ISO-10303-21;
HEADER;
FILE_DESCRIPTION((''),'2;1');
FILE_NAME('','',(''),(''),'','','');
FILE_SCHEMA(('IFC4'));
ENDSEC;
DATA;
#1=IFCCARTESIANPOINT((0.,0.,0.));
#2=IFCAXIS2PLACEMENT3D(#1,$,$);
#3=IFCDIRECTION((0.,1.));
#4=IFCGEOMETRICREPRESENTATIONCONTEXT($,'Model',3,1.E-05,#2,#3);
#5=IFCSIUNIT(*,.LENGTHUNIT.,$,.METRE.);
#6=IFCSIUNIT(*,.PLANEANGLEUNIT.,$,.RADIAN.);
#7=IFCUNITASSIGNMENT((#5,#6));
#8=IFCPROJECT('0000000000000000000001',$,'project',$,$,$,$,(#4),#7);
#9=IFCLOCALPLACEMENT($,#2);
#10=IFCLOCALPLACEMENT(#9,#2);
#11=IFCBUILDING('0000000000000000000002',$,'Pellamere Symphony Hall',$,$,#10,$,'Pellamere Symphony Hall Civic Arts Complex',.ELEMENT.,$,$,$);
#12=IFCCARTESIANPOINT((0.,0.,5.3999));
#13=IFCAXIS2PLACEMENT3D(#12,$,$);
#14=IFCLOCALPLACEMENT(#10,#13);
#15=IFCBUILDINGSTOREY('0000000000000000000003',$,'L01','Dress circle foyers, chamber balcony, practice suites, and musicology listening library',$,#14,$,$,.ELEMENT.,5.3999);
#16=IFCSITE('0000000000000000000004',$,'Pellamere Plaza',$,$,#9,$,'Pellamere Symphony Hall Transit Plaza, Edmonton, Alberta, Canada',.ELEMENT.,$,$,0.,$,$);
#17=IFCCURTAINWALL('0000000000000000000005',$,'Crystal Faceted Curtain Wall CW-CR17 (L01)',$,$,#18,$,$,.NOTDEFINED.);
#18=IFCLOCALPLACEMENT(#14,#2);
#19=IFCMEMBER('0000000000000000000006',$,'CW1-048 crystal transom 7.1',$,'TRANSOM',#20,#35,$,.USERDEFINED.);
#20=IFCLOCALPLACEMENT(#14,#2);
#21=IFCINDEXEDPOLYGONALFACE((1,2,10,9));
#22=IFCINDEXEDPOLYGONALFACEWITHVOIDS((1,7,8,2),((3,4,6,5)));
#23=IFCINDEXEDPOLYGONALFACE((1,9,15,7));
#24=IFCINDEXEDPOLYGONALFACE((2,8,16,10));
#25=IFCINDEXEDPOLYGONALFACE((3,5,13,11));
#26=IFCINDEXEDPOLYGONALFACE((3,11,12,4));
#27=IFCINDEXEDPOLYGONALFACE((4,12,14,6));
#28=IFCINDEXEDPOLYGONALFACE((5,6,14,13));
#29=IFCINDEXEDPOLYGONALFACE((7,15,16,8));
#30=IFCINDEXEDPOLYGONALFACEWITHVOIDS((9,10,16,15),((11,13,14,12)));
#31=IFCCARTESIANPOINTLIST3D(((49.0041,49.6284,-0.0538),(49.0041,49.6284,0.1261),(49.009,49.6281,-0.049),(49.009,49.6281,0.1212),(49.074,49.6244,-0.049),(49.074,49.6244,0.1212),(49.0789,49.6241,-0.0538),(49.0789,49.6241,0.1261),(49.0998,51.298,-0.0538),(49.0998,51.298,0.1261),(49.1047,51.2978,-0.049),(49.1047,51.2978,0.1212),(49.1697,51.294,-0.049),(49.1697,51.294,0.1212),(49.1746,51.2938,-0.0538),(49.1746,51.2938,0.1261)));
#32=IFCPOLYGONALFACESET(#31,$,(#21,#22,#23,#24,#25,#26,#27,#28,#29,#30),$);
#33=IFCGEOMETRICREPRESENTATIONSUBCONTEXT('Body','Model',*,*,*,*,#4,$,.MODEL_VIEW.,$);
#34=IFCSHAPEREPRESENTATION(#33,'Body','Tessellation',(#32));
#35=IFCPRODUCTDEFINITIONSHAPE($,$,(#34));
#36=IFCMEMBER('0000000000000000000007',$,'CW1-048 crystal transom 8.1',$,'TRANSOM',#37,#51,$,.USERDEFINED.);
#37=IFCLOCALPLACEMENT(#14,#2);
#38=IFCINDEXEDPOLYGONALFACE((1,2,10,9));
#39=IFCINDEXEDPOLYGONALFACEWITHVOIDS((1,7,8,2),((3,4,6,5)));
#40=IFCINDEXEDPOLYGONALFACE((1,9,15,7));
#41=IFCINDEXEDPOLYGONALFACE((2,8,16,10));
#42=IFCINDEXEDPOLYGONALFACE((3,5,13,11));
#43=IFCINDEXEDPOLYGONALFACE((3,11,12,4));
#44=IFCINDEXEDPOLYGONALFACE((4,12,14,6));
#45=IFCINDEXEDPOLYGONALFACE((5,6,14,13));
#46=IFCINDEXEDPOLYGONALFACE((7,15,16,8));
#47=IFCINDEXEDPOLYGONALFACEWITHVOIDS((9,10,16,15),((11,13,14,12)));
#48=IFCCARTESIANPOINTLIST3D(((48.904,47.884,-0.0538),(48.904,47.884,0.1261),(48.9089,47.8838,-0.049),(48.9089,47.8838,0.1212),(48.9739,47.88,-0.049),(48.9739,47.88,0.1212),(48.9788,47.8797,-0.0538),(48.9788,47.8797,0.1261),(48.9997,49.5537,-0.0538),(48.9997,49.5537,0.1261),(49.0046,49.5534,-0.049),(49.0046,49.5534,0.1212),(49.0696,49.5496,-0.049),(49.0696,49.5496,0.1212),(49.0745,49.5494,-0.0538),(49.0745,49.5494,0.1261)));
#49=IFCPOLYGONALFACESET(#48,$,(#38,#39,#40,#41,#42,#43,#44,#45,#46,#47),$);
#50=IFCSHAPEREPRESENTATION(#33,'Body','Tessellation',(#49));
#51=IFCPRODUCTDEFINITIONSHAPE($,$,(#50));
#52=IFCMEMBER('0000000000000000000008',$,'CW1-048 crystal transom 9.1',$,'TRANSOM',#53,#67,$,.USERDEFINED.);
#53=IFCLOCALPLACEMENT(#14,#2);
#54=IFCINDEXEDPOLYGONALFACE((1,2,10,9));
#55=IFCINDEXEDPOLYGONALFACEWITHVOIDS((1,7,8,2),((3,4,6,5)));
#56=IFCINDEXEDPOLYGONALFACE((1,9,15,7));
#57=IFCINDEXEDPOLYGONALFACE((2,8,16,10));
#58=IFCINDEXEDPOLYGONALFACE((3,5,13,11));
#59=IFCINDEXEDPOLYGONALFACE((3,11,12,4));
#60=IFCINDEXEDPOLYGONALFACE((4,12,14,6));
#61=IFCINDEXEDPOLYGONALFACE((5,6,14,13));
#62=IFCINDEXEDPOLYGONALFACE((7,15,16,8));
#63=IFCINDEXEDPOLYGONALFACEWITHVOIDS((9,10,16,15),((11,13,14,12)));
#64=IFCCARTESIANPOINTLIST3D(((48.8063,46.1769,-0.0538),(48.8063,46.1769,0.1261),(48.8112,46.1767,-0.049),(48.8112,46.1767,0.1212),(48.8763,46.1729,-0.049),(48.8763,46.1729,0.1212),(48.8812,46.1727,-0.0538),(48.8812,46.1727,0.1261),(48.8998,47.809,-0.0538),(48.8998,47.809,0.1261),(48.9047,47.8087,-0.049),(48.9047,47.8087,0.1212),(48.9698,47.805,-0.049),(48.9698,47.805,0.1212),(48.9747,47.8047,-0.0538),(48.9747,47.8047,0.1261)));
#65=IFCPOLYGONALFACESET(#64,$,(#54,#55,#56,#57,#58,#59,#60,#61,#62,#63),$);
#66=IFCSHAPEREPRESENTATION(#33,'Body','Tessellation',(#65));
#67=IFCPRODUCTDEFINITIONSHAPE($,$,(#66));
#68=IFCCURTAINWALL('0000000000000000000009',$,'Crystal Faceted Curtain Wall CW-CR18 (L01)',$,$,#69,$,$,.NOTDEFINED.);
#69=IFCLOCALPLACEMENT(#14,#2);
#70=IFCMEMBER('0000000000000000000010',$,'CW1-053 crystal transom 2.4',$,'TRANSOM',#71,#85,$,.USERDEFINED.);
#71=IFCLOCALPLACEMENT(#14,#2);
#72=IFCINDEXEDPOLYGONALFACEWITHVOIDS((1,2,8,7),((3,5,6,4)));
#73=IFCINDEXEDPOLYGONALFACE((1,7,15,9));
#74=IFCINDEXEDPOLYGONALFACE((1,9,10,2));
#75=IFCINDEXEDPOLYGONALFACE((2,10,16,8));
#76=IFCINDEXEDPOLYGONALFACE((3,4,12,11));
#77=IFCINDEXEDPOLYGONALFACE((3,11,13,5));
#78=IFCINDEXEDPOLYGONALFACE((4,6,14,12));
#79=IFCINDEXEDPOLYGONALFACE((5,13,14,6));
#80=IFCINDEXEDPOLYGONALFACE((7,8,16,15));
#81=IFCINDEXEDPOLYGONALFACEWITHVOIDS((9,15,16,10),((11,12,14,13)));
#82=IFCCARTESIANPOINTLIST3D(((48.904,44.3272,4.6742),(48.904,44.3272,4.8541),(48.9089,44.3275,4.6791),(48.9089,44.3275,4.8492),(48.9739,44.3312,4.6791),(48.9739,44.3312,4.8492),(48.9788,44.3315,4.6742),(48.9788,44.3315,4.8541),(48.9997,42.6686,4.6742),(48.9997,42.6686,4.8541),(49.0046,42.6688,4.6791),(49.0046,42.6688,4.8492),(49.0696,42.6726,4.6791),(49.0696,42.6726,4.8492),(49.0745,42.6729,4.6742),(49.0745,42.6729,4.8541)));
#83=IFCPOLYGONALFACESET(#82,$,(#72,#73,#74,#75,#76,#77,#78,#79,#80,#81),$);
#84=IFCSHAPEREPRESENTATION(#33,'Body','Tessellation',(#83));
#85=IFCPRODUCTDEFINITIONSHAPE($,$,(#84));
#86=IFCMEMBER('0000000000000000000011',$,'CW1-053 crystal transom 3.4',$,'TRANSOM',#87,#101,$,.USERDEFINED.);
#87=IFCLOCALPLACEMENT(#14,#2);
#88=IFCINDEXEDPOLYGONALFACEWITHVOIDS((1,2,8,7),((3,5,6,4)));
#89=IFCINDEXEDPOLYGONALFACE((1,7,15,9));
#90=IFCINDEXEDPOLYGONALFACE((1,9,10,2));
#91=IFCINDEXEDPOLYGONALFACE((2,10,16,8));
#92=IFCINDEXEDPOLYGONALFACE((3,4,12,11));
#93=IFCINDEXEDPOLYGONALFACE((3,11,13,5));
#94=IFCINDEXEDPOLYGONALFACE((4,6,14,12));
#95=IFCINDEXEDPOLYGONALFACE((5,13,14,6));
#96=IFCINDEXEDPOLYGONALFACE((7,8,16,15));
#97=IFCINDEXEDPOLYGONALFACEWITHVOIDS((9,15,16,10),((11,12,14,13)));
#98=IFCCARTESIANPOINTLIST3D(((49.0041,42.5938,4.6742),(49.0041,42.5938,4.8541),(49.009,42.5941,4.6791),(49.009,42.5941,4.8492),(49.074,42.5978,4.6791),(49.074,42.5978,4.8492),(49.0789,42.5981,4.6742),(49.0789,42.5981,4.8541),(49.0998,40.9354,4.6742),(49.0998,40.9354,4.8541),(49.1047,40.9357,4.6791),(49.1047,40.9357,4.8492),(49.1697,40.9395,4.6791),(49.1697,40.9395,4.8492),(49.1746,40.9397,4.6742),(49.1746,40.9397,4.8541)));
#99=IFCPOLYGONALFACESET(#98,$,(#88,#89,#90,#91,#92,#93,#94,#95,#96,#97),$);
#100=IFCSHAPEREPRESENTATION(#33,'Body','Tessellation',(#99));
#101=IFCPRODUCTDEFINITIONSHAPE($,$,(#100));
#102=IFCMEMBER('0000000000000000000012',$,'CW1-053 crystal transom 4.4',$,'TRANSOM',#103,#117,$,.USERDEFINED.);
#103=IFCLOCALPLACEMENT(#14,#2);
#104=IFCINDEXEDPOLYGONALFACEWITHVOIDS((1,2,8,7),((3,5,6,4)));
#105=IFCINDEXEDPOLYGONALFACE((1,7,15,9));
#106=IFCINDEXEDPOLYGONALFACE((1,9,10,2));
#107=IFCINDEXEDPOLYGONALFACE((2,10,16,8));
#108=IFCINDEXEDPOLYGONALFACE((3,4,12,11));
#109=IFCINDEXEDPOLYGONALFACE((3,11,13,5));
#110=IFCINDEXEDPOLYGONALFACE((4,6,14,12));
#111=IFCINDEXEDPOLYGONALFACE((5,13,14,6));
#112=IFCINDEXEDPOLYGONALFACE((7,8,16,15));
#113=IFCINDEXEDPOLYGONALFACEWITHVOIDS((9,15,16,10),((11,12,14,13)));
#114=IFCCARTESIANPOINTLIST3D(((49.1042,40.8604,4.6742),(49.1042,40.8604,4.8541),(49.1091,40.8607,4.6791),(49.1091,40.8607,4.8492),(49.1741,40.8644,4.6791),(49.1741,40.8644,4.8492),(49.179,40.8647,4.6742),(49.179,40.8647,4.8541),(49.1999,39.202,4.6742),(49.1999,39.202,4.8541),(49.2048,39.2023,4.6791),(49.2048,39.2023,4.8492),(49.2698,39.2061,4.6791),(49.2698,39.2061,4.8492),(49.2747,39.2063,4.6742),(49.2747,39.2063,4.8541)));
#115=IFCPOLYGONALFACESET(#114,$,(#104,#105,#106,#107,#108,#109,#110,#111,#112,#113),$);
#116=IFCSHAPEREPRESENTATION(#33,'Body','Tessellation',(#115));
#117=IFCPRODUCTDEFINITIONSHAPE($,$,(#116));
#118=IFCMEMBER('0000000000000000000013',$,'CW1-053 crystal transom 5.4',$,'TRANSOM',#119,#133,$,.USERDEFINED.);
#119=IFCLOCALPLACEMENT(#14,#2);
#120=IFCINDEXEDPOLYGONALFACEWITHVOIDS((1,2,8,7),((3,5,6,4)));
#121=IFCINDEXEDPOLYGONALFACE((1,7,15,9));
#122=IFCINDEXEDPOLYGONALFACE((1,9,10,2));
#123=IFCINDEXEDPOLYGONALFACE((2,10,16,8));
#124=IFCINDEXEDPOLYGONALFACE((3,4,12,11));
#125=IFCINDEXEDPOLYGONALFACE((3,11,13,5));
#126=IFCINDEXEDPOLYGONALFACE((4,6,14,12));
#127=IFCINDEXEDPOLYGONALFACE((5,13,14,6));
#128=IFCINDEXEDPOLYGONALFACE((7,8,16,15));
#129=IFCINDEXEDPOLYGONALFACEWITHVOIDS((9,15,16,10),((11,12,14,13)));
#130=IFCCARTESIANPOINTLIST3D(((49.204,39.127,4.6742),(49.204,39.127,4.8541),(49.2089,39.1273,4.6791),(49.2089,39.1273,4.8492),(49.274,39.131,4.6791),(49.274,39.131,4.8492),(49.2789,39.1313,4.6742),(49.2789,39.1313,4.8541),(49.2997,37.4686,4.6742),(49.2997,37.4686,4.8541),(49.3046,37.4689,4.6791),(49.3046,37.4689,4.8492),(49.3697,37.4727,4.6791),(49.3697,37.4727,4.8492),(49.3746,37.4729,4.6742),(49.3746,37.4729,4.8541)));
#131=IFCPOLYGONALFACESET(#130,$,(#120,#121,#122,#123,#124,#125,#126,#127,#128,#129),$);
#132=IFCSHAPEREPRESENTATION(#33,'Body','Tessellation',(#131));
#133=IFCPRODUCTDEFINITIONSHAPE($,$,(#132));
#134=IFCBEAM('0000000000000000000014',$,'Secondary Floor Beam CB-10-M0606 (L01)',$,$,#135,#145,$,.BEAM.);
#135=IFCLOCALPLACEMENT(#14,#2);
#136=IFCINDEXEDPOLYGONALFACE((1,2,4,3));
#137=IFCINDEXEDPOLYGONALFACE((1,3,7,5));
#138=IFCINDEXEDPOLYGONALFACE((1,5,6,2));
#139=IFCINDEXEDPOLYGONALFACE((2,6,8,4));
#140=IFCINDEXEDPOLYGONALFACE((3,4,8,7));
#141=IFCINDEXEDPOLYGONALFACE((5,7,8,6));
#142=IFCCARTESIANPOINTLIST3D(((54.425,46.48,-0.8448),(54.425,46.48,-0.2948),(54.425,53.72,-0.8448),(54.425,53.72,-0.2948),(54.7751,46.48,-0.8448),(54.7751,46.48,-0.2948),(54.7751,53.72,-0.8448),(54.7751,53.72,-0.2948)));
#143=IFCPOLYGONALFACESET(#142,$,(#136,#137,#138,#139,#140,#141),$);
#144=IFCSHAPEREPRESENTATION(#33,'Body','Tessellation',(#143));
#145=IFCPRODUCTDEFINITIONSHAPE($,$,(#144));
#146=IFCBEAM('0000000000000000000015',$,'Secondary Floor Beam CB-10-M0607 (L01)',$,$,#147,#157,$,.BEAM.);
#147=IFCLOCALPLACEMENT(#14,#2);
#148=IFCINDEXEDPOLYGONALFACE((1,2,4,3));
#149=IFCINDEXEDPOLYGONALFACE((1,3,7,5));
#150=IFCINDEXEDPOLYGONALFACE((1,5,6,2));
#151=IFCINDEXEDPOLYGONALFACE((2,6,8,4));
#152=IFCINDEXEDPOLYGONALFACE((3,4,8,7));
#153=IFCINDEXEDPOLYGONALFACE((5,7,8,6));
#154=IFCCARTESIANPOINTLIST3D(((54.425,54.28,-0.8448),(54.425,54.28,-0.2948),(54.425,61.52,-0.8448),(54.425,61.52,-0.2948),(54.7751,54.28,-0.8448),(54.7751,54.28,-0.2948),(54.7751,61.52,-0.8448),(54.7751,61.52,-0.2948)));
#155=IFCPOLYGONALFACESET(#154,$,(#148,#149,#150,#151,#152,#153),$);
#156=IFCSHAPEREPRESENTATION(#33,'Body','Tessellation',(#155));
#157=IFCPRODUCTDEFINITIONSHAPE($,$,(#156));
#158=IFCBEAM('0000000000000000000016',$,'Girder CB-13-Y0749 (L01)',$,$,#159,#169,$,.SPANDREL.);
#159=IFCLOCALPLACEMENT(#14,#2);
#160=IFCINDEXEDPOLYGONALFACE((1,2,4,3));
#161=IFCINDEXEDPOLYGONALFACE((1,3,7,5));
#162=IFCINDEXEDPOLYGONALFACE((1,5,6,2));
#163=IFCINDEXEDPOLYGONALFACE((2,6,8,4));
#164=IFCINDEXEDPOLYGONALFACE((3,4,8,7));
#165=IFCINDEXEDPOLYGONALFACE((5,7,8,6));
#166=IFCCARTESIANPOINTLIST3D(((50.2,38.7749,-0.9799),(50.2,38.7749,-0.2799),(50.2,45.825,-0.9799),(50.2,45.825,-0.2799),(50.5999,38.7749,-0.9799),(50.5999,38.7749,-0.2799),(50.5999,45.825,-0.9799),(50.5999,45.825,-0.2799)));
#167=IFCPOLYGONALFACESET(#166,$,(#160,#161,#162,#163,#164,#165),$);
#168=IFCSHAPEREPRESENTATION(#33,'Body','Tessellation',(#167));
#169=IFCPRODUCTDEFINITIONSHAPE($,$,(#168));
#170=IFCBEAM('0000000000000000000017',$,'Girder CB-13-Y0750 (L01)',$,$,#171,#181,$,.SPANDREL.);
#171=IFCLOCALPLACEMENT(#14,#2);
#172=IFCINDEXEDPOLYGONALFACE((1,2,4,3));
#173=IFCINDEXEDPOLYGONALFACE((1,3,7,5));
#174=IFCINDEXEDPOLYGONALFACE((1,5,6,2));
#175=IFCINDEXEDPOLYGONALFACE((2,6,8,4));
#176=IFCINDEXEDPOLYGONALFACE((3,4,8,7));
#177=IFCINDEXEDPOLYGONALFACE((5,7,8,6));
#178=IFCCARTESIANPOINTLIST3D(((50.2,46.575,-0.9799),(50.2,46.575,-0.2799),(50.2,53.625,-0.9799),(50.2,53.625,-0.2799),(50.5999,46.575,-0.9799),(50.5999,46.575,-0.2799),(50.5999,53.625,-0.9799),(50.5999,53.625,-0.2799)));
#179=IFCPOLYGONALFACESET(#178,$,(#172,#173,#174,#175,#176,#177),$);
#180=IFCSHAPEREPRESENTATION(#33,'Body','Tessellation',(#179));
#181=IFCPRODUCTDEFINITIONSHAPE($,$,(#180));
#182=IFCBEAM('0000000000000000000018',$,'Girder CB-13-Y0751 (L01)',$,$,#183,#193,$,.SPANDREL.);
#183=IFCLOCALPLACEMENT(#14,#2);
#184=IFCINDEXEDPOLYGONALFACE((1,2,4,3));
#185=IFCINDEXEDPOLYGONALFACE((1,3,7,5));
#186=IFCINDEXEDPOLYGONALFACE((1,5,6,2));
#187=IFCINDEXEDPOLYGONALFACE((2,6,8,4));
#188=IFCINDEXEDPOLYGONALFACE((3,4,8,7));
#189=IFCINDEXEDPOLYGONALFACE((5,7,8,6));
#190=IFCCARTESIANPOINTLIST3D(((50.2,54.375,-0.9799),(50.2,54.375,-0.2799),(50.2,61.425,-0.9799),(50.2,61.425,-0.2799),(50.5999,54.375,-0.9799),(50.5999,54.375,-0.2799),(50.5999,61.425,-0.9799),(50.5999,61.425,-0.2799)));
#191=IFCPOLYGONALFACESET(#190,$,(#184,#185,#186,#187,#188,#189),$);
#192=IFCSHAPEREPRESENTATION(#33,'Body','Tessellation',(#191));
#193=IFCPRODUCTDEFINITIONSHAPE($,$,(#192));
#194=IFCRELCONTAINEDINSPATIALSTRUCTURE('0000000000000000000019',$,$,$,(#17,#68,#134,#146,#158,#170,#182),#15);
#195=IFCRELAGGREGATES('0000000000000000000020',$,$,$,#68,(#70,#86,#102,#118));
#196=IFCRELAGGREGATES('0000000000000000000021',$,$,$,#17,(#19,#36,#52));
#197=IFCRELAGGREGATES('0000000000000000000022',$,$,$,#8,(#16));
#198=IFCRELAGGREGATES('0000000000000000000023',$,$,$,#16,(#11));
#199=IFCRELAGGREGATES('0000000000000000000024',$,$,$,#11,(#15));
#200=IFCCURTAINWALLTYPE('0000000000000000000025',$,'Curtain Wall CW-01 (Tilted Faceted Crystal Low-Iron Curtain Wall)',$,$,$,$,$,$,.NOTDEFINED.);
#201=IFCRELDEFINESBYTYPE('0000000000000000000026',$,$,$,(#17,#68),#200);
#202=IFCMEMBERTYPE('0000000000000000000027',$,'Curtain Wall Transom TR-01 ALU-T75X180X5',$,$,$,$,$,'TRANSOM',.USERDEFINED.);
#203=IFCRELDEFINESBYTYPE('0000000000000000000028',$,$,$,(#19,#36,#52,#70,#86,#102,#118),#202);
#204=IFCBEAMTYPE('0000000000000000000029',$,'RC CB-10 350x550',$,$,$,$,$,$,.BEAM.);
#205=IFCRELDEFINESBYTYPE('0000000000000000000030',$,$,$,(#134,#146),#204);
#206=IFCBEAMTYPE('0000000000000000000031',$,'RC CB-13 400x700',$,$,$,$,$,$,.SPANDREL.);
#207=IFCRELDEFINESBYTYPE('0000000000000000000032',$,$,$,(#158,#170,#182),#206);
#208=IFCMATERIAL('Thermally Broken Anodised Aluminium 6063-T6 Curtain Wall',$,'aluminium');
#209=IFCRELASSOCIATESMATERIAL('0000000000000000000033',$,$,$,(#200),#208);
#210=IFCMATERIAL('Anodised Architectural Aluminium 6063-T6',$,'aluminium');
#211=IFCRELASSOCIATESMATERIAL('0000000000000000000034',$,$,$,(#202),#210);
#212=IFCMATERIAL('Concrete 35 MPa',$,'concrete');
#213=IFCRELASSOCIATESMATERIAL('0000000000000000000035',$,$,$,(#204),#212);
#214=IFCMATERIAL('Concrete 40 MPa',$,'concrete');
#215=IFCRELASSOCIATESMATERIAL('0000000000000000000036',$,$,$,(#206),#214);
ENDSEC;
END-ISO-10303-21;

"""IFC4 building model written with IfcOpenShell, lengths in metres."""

from ifc_helpers import new_model, si_unit, direction, frame, origin, origin_2d, place, context, subcontext, project, spatial, rectangle, hollow_rectangle, extrude, material, material_profile, profile_set, type_object, element, aggregate, save


model = new_model("IFC4")

# Units and contexts
model_context = context("Model", 3, precision=1e-05, world=origin(), true_north=direction((0.0, 1.0)))
body_context = subcontext(model_context, "Body", "Model", "MODEL_VIEW")
ifc_project = project(units=[si_unit("LENGTHUNIT", "METRE"), si_unit("PLANEANGLEUNIT", "RADIAN")], contexts=[model_context])

# Site, building, storey
site_placement = place(None, origin())
site = spatial("IfcSite", under=ifc_project, at=site_placement, Name="Pellamere Plaza", LongName="Pellamere Symphony Hall Transit Plaza, Edmonton, Alberta, Canada", CompositionType="ELEMENT", RefElevation=0.0)
building_placement = place(site_placement, origin())
building = spatial("IfcBuilding", under=site, at=building_placement, Name="Pellamere Symphony Hall", LongName="Pellamere Symphony Hall Civic Arts Complex", CompositionType="ELEMENT")
storey_placement = place(building_placement, frame((0.0, 0.0, 5.3999)))
storey = spatial("IfcBuildingStorey", under=building, at=storey_placement, Name="L01", Description="Dress circle foyers, chamber balcony, practice suites, and musicology listening library", CompositionType="ELEMENT", Elevation=5.3999)

# Shared definitions
ifc_material_1 = material(Name="Concrete 40 MPa", Category="concrete")

# Curtain walls, members
ifc_material_2 = material(Name="Thermally Broken Anodised Aluminium 6063-T6 Curtain Wall", Category="aluminium")
curtain_wall_type = type_object("IfcCurtainWallType", Name="Curtain Wall CW-01 (Tilted Faceted Crystal Low-Iron Curtain Wall)", PredefinedType="NOTDEFINED", material=ifc_material_2)
curtain_wall_1_placement = place(storey_placement, origin())
curtain_wall_1 = element("IfcCurtainWall", 1, at=curtain_wall_1_placement, inside=storey, type_object=curtain_wall_type, Name="Crystal Faceted Curtain Wall CW-CR17 (L01)", PredefinedType="NOTDEFINED")
ifc_material_3 = material(Name="Anodised Architectural Aluminium 6063-T6", Category="aluminium")
ifc_material_profile_1 = material_profile(ifc_material_3, hollow_rectangle(XDim=0.075, YDim=0.1799, WallThickness=0.0049, at=origin_2d()), Name="ALU-T75X180X5")
ifc_profile_set_1 = profile_set([ifc_material_profile_1], Name="Anodised Architectural Aluminium 6063-T6")
member_type_1 = type_object("IfcMemberType", Name="Curtain Wall Transom TR-01 ALU-T75X180X5", ElementType="TRANSOM", PredefinedType="USERDEFINED", material=ifc_profile_set_1)
member_1_placement = place(storey_placement, frame((49.1372, 51.2959, 0.0361), z_axis=(-0.057224, -0.998361, 0.0), x_axis=(0.998361, -0.057224, 0.0)))
member_1 = element("IfcMember", 2, at=member_1_placement, type_object=member_type_1, Name="CW1-048 crystal transom 7.1", ObjectType="TRANSOM", PredefinedType="USERDEFINED", context=body_context, shape_type="SweptSolid", body=[
    extrude(hollow_rectangle(XDim=0.075, YDim=0.1799, WallThickness=0.0049, at=origin_2d()), origin(), (0.0, 0.0, 1.0), 1.6724),
])
member_2_placement = place(storey_placement, frame((49.0371, 49.5515, 0.0361), z_axis=(-0.057224, -0.998361, 0.0), x_axis=(0.998361, -0.057224, 0.0)))
member_2 = element("IfcMember", 3, at=member_2_placement, type_object=member_type_1, Name="CW1-048 crystal transom 8.1", ObjectType="TRANSOM", PredefinedType="USERDEFINED", context=body_context, shape_type="SweptSolid", body=[
    extrude(hollow_rectangle(XDim=0.075, YDim=0.1799, WallThickness=0.0049, at=origin_2d()), origin(), (0.0, 0.0, 1.0), 1.6724),
])
member_3_placement = place(storey_placement, frame((48.9373, 47.8069, 0.0361), z_axis=(-0.057199, -0.998363, 0.0), x_axis=(0.998363, -0.057199, 0.0)))
member_3 = element("IfcMember", 4, at=member_3_placement, type_object=member_type_1, Name="CW1-048 crystal transom 9.1", ObjectType="TRANSOM", PredefinedType="USERDEFINED", context=body_context, shape_type="SweptSolid", body=[
    extrude(hollow_rectangle(XDim=0.075, YDim=0.1799, WallThickness=0.0049, at=origin_2d()), origin(), (0.0, 0.0, 1.0), 1.6348),
])
curtain_wall_2_placement = place(storey_placement, origin())
curtain_wall_2 = element("IfcCurtainWall", 5, at=curtain_wall_2_placement, inside=storey, type_object=curtain_wall_type, Name="Crystal Faceted Curtain Wall CW-CR18 (L01)", PredefinedType="NOTDEFINED")
member_4_placement = place(storey_placement, frame((48.9414, 44.3293, 4.7642), z_axis=(0.057602, -0.99834, 0.0), x_axis=(0.99834, 0.057602, 0.0)))
member_4 = element("IfcMember", 6, at=member_4_placement, type_object=member_type_1, Name="CW1-053 crystal transom 2.4", ObjectType="TRANSOM", PredefinedType="USERDEFINED", context=body_context, shape_type="SweptSolid", body=[
    extrude(hollow_rectangle(XDim=0.075, YDim=0.1799, WallThickness=0.0049, at=origin_2d()), origin(), (0.0, 0.0, 1.0), 1.6614),
])
member_5_placement = place(storey_placement, frame((49.0415, 42.5959, 4.7642), z_axis=(0.057611, -0.998339, 0.0), x_axis=(0.998339, 0.057611, 0.0)))
member_5 = element("IfcMember", 7, at=member_5_placement, type_object=member_type_1, Name="CW1-053 crystal transom 3.4", ObjectType="TRANSOM", PredefinedType="USERDEFINED", context=body_context, shape_type="SweptSolid", body=[
    extrude(hollow_rectangle(XDim=0.075, YDim=0.1799, WallThickness=0.0049, at=origin_2d()), origin(), (0.0, 0.0, 1.0), 1.6611),
])
member_6_placement = place(storey_placement, frame((49.1416, 40.8625, 4.7642), z_axis=(0.057611, -0.998339, 0.0), x_axis=(0.998339, 0.057611, 0.0)))
member_6 = element("IfcMember", 8, at=member_6_placement, type_object=member_type_1, Name="CW1-053 crystal transom 4.4", ObjectType="TRANSOM", PredefinedType="USERDEFINED", context=body_context, shape_type="SweptSolid", body=[
    extrude(hollow_rectangle(XDim=0.075, YDim=0.1799, WallThickness=0.0049, at=origin_2d()), origin(), (0.0, 0.0, 1.0), 1.6611),
])
member_7_placement = place(storey_placement, frame((49.2415, 39.1292, 4.7642), z_axis=(0.057611, -0.998339, 0.0), x_axis=(0.998339, 0.057611, 0.0)))
member_7 = element("IfcMember", 9, at=member_7_placement, type_object=member_type_1, Name="CW1-053 crystal transom 5.4", ObjectType="TRANSOM", PredefinedType="USERDEFINED", context=body_context, shape_type="SweptSolid", body=[
    extrude(hollow_rectangle(XDim=0.075, YDim=0.1799, WallThickness=0.0049, at=origin_2d()), origin(), (0.0, 0.0, 1.0), 1.6611),
])
aggregate(curtain_wall_2, [member_4, member_5, member_6, member_7])

# Beams
ifc_material_4 = material(Name="Concrete 35 MPa", Category="concrete")
ifc_material_profile_2 = material_profile(ifc_material_4, rectangle(XDim=0.3501, YDim=0.55, at=origin_2d()), Name="RC 350x550")
ifc_profile_set_2 = profile_set([ifc_material_profile_2], Name="Concrete 35 MPa")
beam_type_1 = type_object("IfcBeamType", Name="RC CB-10 350x550", PredefinedType="BEAM", material=ifc_profile_set_2)
for number, where, z_axis, x_axis, name in (
    (10, (54.6001, 46.48, -0.5698), (0.0, 1.0, 0.0), (-1.0, 0.0, 0.0), "Secondary Floor Beam CB-10-M0606 (L01)"),
    (11, (54.6001, 54.28, -0.5698), (0.0, 1.0, 0.0), (-1.0, 0.0, 0.0), "Secondary Floor Beam CB-10-M0607 (L01)"),
):
    element("IfcBeam", number, at=place(storey_placement, frame(where, z_axis=z_axis, x_axis=x_axis)), inside=storey, type_object=beam_type_1, Name=name, PredefinedType="BEAM", context=body_context, shape_type="SweptSolid", body=[
        extrude(rectangle(XDim=0.3501, YDim=0.55, at=origin_2d()), origin(), (0.0, 0.0, 1.0), 7.24),
    ])
ifc_material_profile_3 = material_profile(ifc_material_1, rectangle(XDim=0.3999, YDim=0.7, at=origin_2d()), Name="RC 400x700")
ifc_profile_set_3 = profile_set([ifc_material_profile_3], Name="Concrete 40 MPa")
beam_type_2 = type_object("IfcBeamType", Name="RC CB-13 400x700", PredefinedType="SPANDREL", material=ifc_profile_set_3)
for number, where, z_axis, x_axis, name in (
    (12, (50.3999, 38.7749, -0.6299), (0.0, 1.0, 0.0), (-1.0, 0.0, 0.0), "Girder CB-13-Y0749 (L01)"),
    (13, (50.3999, 46.575, -0.6299), (0.0, 1.0, 0.0), (-1.0, 0.0, 0.0), "Girder CB-13-Y0750 (L01)"),
    (14, (50.3999, 54.375, -0.6299), (0.0, 1.0, 0.0), (-1.0, 0.0, 0.0), "Girder CB-13-Y0751 (L01)"),
):
    element("IfcBeam", number, at=place(storey_placement, frame(where, z_axis=z_axis, x_axis=x_axis)), inside=storey, type_object=beam_type_2, Name=name, PredefinedType="SPANDREL", context=body_context, shape_type="SweptSolid", body=[
        extrude(rectangle(XDim=0.3999, YDim=0.7, at=origin_2d()), origin(), (0.0, 0.0, 1.0), 7.05),
    ])

aggregate(curtain_wall_1, [member_1, member_2, member_3])

save(model, "model.ifc")
